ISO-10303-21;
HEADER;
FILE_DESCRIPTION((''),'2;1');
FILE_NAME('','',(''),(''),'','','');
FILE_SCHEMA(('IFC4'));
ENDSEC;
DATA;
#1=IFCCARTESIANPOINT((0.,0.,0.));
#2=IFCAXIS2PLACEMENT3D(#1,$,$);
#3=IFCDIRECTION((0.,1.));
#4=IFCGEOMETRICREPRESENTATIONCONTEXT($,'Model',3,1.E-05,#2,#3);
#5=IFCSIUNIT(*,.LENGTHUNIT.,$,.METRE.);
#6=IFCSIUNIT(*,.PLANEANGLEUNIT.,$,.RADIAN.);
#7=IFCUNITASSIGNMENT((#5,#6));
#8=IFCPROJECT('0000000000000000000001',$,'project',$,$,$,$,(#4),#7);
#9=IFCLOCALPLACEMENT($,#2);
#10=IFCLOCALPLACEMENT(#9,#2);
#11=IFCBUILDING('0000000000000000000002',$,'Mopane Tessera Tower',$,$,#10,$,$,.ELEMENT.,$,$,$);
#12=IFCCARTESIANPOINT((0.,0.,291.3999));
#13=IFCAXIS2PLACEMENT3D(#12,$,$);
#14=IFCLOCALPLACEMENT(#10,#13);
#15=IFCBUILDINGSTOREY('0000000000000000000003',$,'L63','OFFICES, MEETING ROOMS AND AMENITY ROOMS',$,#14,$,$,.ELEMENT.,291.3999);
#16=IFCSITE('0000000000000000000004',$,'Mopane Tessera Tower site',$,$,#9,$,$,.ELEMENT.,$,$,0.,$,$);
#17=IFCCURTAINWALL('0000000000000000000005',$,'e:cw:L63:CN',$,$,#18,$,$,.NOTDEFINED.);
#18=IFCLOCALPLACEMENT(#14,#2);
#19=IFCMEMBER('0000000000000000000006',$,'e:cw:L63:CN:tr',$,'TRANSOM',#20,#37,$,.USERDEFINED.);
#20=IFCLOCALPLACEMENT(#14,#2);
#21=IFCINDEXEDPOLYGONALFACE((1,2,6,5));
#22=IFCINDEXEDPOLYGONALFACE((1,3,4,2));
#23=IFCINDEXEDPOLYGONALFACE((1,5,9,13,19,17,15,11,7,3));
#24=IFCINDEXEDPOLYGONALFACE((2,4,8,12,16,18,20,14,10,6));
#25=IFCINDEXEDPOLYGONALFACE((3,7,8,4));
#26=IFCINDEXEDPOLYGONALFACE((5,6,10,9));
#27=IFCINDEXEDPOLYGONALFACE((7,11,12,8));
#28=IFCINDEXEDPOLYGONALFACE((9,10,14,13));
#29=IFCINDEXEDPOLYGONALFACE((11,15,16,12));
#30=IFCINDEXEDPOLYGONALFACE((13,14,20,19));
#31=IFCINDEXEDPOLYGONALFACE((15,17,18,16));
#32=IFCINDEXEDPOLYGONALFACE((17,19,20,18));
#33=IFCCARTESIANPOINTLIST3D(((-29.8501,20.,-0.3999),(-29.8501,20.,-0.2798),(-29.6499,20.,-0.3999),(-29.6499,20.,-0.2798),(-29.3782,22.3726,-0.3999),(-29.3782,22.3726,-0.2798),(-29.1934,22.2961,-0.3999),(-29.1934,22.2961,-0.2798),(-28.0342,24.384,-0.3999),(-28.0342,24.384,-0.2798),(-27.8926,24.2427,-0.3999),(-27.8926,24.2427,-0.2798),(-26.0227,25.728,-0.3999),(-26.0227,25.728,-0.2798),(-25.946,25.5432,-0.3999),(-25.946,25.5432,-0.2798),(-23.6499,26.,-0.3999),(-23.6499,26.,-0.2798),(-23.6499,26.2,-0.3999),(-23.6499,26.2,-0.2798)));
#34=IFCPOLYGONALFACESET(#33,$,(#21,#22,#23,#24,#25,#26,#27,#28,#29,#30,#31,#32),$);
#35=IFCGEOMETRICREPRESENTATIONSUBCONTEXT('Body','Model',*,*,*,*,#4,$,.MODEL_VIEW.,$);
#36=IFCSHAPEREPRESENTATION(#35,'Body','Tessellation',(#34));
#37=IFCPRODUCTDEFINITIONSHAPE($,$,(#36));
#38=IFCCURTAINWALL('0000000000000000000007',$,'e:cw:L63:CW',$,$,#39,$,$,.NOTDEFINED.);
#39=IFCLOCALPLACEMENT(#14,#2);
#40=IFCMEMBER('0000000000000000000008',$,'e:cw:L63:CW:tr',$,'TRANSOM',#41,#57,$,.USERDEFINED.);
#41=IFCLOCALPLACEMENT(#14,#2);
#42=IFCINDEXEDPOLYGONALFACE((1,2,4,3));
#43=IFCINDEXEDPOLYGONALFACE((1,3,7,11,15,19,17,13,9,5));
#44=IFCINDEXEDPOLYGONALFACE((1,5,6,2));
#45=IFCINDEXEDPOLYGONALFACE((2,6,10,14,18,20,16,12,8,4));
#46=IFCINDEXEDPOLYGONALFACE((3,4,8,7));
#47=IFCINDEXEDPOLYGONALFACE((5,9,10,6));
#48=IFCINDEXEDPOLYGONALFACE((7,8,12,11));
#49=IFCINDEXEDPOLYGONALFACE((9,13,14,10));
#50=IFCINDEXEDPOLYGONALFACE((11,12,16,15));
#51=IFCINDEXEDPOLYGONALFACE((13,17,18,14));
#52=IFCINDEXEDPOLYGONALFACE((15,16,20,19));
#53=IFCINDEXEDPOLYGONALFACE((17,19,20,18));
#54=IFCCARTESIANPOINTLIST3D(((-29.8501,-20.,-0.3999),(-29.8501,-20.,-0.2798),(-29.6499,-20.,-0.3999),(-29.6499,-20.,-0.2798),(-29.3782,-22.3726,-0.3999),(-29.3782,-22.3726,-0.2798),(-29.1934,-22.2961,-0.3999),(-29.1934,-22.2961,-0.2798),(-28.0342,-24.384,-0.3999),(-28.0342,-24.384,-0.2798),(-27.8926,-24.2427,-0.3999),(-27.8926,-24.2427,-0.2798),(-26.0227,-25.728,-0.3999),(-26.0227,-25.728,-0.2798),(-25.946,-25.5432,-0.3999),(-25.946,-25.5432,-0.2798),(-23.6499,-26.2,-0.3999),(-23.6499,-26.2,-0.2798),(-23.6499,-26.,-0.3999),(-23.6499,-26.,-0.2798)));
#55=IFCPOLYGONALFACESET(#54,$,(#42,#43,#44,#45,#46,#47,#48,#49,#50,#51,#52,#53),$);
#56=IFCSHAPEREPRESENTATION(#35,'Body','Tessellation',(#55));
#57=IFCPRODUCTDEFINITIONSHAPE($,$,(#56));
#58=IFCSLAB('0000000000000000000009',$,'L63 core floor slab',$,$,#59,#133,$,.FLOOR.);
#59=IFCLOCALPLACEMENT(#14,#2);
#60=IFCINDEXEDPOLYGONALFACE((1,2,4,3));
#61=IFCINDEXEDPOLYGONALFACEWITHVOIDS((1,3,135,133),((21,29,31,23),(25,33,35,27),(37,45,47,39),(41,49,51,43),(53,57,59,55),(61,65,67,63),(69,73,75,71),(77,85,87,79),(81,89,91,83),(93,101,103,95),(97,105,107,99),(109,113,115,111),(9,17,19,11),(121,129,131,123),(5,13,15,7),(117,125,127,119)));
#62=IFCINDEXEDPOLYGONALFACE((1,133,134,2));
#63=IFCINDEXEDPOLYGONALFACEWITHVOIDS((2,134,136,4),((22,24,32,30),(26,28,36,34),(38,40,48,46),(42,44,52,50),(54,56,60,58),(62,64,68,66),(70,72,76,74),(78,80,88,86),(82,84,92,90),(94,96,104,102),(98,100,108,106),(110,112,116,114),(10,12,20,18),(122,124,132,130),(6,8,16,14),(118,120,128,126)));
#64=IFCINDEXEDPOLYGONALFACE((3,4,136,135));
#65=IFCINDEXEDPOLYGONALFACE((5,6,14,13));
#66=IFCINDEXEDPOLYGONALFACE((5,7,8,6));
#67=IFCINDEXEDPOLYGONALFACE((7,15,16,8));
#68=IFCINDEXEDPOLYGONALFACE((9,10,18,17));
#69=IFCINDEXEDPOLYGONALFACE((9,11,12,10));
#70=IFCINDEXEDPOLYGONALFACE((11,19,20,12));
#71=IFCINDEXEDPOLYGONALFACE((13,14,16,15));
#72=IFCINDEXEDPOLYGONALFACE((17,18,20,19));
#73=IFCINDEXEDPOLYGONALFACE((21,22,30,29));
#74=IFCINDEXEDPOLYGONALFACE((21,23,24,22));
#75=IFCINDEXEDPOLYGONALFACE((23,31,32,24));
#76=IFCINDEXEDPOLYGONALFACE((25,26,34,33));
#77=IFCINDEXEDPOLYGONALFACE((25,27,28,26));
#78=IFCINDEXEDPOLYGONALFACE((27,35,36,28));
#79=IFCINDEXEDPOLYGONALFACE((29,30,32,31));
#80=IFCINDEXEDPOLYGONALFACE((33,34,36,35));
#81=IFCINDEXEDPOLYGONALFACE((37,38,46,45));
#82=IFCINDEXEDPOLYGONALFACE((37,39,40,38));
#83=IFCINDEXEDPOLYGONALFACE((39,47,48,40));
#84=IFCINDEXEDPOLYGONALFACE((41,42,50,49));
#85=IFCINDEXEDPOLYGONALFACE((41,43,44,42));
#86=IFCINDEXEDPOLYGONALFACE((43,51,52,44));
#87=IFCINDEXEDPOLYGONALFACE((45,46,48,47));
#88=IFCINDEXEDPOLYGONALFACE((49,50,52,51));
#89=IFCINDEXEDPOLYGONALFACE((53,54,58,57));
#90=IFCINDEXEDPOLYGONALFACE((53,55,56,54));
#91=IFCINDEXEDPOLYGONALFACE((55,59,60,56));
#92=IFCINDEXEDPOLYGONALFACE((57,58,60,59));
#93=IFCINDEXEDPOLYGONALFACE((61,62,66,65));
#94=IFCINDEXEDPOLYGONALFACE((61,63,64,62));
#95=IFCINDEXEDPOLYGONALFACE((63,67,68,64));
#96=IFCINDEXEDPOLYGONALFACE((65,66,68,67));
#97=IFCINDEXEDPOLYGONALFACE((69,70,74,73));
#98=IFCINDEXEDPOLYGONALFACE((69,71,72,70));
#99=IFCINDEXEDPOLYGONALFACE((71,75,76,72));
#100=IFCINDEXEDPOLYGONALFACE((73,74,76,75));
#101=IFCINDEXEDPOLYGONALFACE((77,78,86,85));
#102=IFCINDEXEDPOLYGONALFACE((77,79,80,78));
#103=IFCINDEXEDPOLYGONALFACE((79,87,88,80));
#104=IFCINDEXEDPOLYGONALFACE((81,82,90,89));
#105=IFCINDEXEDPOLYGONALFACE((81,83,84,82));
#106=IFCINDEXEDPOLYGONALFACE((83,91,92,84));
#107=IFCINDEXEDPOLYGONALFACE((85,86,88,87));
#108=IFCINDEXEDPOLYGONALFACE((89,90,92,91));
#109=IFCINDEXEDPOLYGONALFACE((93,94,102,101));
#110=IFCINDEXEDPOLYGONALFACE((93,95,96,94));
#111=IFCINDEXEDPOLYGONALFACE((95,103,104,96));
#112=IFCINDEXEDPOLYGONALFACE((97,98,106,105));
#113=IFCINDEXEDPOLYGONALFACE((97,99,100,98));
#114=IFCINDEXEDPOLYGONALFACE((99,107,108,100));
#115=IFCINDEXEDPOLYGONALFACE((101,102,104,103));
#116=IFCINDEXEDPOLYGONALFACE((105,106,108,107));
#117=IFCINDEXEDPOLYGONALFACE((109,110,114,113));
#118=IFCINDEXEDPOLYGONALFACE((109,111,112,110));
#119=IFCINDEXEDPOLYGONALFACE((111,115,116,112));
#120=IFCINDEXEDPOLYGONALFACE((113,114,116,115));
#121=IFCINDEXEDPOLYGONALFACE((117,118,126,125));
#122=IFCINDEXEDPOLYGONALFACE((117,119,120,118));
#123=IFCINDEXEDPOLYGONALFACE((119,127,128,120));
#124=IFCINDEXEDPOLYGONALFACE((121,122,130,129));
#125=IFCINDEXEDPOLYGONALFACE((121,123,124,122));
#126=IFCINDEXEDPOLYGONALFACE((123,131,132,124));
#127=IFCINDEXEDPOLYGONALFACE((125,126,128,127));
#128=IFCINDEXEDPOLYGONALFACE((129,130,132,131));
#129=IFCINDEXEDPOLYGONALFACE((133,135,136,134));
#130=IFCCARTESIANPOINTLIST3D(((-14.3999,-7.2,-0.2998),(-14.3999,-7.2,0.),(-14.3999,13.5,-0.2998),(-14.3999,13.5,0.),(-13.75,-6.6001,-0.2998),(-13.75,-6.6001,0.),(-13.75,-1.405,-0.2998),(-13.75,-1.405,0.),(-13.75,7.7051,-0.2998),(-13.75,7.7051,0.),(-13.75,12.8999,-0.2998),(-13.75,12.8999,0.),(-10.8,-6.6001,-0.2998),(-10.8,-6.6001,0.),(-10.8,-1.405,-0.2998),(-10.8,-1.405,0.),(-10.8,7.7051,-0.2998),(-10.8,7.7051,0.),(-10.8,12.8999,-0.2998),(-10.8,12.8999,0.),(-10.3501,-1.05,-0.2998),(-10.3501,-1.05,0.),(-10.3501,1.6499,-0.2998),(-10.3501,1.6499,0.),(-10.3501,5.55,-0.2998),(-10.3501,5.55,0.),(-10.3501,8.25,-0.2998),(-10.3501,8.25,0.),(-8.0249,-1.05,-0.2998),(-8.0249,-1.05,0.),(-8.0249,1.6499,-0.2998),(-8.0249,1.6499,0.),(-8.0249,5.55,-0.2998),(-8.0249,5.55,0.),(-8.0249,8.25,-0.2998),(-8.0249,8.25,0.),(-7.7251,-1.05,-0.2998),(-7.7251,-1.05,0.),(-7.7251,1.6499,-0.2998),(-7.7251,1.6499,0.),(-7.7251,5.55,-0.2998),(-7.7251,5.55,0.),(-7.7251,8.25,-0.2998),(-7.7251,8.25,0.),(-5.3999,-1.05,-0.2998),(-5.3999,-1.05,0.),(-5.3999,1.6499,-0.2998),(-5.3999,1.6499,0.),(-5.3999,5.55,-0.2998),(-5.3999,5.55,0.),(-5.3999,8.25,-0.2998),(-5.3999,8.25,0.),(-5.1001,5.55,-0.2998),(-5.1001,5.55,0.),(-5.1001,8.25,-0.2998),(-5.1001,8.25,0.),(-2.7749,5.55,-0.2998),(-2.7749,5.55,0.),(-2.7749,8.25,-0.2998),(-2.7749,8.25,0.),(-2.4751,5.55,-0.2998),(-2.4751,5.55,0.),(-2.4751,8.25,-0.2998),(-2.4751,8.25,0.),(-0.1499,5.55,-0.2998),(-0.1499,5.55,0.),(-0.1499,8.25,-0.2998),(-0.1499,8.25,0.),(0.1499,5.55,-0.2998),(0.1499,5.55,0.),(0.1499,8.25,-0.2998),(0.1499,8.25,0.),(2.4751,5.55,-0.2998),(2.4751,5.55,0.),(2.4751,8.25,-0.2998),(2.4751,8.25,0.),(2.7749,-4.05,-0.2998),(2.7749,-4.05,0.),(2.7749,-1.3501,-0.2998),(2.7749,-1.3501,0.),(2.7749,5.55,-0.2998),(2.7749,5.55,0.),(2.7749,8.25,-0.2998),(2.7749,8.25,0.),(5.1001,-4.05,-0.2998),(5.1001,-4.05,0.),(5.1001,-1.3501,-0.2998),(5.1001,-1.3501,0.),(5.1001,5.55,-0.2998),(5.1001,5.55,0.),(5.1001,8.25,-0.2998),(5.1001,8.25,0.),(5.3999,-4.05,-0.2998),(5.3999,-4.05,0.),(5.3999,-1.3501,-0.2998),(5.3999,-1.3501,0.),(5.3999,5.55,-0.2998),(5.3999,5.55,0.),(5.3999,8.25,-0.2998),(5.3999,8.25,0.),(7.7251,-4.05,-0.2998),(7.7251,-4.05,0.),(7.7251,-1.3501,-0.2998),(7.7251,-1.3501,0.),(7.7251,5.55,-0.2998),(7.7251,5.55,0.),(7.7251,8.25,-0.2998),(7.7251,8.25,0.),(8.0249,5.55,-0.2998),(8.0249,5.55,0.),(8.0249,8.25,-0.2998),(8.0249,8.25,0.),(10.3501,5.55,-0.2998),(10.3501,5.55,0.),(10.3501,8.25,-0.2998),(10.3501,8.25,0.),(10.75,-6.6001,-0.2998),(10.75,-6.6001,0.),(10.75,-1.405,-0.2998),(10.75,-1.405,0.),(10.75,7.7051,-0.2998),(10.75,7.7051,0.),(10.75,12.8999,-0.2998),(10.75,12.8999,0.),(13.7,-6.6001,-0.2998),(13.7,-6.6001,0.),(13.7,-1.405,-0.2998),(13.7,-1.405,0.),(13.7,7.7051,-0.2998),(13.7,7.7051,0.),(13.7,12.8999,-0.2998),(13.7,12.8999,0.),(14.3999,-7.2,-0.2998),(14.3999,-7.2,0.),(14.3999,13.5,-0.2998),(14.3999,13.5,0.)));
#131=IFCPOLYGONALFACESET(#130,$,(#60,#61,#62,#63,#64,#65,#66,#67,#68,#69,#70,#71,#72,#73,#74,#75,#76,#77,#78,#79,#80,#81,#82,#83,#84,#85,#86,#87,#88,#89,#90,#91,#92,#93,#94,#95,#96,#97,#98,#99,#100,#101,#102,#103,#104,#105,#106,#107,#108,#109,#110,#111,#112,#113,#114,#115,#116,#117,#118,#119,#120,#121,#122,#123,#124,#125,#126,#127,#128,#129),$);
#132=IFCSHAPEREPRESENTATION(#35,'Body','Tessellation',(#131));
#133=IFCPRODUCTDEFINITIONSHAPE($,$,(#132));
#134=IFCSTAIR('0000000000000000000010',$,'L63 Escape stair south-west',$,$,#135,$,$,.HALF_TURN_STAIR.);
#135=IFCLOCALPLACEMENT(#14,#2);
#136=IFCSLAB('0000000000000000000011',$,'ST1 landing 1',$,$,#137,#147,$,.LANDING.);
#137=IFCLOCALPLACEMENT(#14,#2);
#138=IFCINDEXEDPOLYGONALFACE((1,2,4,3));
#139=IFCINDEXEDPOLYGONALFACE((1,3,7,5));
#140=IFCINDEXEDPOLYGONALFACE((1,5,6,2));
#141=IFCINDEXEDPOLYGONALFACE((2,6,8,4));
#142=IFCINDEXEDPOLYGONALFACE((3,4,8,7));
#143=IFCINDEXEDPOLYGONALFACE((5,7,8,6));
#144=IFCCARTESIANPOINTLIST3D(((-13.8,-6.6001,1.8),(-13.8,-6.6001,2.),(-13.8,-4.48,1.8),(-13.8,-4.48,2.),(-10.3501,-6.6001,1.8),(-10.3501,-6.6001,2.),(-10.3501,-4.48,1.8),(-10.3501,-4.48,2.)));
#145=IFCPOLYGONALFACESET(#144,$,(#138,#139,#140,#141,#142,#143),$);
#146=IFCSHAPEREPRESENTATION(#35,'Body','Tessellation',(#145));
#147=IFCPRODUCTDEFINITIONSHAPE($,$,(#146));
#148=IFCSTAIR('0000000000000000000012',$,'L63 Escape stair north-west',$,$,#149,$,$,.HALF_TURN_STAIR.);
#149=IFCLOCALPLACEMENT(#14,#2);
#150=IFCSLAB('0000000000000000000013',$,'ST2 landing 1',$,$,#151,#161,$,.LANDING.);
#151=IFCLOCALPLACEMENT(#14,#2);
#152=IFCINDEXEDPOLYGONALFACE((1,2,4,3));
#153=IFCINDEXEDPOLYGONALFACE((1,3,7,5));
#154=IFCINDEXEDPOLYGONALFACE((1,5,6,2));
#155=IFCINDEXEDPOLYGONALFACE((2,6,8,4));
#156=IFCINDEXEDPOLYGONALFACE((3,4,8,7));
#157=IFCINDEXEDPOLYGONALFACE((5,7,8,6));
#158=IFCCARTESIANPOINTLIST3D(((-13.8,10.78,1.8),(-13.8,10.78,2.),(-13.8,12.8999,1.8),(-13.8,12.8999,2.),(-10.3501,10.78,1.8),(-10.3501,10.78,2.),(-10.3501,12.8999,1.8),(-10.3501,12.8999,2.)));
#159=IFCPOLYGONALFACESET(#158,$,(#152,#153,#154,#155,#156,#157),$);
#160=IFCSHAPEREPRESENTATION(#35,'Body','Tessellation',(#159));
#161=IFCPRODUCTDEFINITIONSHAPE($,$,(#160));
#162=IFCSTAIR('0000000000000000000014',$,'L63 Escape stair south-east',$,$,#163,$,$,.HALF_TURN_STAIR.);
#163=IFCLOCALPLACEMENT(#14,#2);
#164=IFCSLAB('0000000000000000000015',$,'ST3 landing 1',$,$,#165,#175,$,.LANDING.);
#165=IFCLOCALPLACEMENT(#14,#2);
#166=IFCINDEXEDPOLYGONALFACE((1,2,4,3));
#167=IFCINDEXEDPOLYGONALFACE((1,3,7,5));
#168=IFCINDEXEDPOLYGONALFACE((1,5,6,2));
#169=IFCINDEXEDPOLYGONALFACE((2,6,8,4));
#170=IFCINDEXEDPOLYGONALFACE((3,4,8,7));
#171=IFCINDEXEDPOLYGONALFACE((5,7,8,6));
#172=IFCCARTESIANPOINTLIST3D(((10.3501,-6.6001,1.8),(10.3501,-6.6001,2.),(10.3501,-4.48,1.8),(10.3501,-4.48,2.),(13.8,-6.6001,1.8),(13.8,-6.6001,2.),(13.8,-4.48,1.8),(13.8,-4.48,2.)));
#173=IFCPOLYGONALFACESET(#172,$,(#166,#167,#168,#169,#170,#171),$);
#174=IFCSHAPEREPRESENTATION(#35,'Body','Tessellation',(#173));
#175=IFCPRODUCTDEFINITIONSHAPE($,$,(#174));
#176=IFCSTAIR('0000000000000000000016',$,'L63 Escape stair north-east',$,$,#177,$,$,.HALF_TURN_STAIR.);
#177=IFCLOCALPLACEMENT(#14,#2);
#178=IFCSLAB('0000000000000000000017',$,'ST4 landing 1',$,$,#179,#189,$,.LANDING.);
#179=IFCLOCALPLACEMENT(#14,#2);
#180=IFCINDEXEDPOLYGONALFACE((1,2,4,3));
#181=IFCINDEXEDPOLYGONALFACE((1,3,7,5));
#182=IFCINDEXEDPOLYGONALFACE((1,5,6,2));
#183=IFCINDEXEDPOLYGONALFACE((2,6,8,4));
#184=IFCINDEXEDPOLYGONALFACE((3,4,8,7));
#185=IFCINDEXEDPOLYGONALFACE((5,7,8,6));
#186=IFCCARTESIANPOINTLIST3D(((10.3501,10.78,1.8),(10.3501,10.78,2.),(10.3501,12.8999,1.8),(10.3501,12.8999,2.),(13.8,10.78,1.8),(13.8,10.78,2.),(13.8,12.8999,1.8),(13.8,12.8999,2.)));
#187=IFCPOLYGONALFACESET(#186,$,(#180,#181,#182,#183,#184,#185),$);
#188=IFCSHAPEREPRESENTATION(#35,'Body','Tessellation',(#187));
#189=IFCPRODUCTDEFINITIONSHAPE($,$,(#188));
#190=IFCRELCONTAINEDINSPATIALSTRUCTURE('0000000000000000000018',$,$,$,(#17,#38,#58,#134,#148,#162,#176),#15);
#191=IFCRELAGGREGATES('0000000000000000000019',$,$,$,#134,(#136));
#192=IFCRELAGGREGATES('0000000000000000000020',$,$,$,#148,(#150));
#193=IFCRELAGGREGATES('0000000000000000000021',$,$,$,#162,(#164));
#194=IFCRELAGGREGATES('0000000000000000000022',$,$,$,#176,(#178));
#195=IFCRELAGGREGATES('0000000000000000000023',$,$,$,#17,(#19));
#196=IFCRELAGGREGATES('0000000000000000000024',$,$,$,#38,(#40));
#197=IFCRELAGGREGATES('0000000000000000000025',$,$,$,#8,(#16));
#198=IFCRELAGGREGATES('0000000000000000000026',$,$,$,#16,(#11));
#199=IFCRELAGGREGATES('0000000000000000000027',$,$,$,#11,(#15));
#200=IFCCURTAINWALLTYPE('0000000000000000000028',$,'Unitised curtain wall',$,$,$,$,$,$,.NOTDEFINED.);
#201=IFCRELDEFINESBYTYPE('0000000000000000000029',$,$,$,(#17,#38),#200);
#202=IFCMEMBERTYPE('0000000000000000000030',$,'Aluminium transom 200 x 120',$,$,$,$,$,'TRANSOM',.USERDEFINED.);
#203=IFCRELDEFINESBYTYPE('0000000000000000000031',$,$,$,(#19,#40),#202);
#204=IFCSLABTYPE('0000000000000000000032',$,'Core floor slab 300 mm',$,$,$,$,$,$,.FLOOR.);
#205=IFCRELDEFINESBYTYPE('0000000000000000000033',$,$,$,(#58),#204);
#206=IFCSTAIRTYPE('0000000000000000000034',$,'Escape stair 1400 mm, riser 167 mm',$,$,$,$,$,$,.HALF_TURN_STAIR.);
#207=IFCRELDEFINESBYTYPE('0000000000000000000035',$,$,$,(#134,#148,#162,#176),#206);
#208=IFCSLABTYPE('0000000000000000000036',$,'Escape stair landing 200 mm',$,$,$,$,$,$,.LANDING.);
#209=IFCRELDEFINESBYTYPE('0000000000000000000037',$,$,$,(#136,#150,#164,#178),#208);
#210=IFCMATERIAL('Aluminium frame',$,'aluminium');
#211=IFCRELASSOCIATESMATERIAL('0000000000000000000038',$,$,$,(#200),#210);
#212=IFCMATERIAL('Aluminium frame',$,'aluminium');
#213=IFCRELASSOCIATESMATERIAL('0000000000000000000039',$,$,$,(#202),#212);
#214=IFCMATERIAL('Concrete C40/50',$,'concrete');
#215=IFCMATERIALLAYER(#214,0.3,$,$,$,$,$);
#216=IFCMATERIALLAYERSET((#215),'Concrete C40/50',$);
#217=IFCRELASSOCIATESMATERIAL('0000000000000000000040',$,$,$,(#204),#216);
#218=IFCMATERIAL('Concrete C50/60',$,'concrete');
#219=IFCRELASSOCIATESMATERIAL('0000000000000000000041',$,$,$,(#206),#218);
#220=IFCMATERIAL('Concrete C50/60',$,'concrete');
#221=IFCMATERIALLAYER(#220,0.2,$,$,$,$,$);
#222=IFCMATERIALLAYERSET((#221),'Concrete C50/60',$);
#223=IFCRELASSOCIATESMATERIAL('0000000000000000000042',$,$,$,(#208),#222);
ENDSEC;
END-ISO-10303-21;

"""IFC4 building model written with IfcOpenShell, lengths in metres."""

from ifc_helpers import new_model, si_unit, direction, frame, origin, origin_2d, place, context, subcontext, project, spatial, polyline, rectangle, outline, extrude, material, layer, layer_set, material_profile, profile_set, type_object, element, aggregate, save


model = new_model("IFC4")

# Units and contexts
model_context = context("Model", 3, precision=1e-05, world=origin(), true_north=direction((0.0, 1.0)))
body_context = subcontext(model_context, "Body", "Model", "MODEL_VIEW")
ifc_project = project(units=[si_unit("LENGTHUNIT", "METRE"), si_unit("PLANEANGLEUNIT", "RADIAN")], contexts=[model_context])

# Site, building, storey
site_placement = place(None, origin())
site = spatial("IfcSite", under=ifc_project, at=site_placement, Name="Mopane Tessera Tower site", CompositionType="ELEMENT", RefElevation=0.0)
building_placement = place(site_placement, origin())
building = spatial("IfcBuilding", under=site, at=building_placement, Name="Mopane Tessera Tower", CompositionType="ELEMENT")
storey_placement = place(building_placement, frame((0.0, 0.0, 291.3999)))
storey = spatial("IfcBuildingStorey", under=building, at=storey_placement, Name="L63", Description="OFFICES, MEETING ROOMS AND AMENITY ROOMS", CompositionType="ELEMENT", Elevation=291.3999)

# Curtain walls, members
ifc_material_1 = material(Name="Aluminium frame", Category="aluminium")
curtain_wall_type = type_object("IfcCurtainWallType", Name="Unitised curtain wall", PredefinedType="NOTDEFINED", material=ifc_material_1)
curtain_wall_1_placement = place(storey_placement, origin())
curtain_wall_1 = element("IfcCurtainWall", 1, at=curtain_wall_1_placement, inside=storey, type_object=curtain_wall_type, Name="e:cw:L63:CN", PredefinedType="NOTDEFINED")
ifc_material_2 = material(Name="Aluminium frame", Category="aluminium")
ifc_material_profile = material_profile(ifc_material_2, rectangle(XDim=0.2, YDim=0.1201, at=origin_2d()))
ifc_profile_set = profile_set([ifc_material_profile], Name="Aluminium frame")
member_type = type_object("IfcMemberType", Name="Aluminium transom 200 x 120", ElementType="TRANSOM", PredefinedType="USERDEFINED", material=ifc_profile_set)
member_1_placement = place(storey_placement, frame((0.0, 0.0, -0.3999)))
member_1 = element("IfcMember", 2, at=member_1_placement, type_object=member_type, Name="e:cw:L63:CN:tr", ObjectType="TRANSOM", PredefinedType="USERDEFINED", context=body_context, shape_type="SweptSolid", body=[
    extrude(outline(polyline([(-23.6499, 26.0), (-25.946, 25.5432), (-27.8926, 24.2427), (-29.1934, 22.2961), (-29.6499, 20.0), (-29.8501, 20.0), (-29.3782, 22.3726), (-28.0342, 24.384), (-26.0227, 25.728), (-23.6499, 26.2), (-23.6499, 26.0)])), origin(), (0.0, 0.0, 1.0), 0.1201),
])
curtain_wall_2_placement = place(storey_placement, origin())
curtain_wall_2 = element("IfcCurtainWall", 3, at=curtain_wall_2_placement, inside=storey, type_object=curtain_wall_type, Name="e:cw:L63:CW", PredefinedType="NOTDEFINED")
member_2_placement = place(storey_placement, frame((0.0, 0.0, -0.3999)))
member_2 = element("IfcMember", 4, at=member_2_placement, type_object=member_type, Name="e:cw:L63:CW:tr", ObjectType="TRANSOM", PredefinedType="USERDEFINED", context=body_context, shape_type="SweptSolid", body=[
    extrude(outline(polyline([(-29.6499, -20.0), (-29.1934, -22.2961), (-27.8926, -24.2427), (-25.946, -25.5432), (-23.6499, -26.0), (-23.6499, -26.2), (-26.0227, -25.728), (-28.0342, -24.384), (-29.3782, -22.3726), (-29.8501, -20.0), (-29.6499, -20.0)])), origin(), (0.0, 0.0, 1.0), 0.1201),
])

# Slab
ifc_material_3 = material(Name="Concrete C40/50", Category="concrete")
ifc_layer_1 = layer(ifc_material_3, 0.3)
ifc_layer_set_1 = layer_set([ifc_layer_1], Name="Concrete C40/50")
slab_type_1 = type_object("IfcSlabType", Name="Core floor slab 300 mm", PredefinedType="FLOOR", material=ifc_layer_set_1)
slab_1_placement = place(storey_placement, frame((0.0, 0.0, -0.2998)))
element("IfcSlab", 5, at=slab_1_placement, inside=storey, type_object=slab_type_1, Name="L63 core floor slab", PredefinedType="FLOOR", context=body_context, shape_type="SweptSolid", body=[
    extrude(outline(polyline([(-14.3999, -7.2), (14.3999, -7.2), (14.3999, 13.5), (-14.3999, 13.5), (-14.3999, -7.2)]), holes=[polyline([(-10.3501, -1.05), (-8.0249, -1.05), (-8.0249, 1.6499), (-10.3501, 1.6499), (-10.3501, -1.05)]), polyline([(-7.7251, -1.05), (-5.3999, -1.05), (-5.3999, 1.6499), (-7.7251, 1.6499), (-7.7251, -1.05)]), polyline([(-10.3501, 5.55), (-8.0249, 5.55), (-8.0249, 8.25), (-10.3501, 8.25), (-10.3501, 5.55)]), polyline([(-7.7251, 5.55), (-5.3999, 5.55), (-5.3999, 8.25), (-7.7251, 8.25), (-7.7251, 5.55)]), polyline([(-5.1001, 5.55), (-2.7749, 5.55), (-2.7749, 8.25), (-5.1001, 8.25), (-5.1001, 5.55)]), polyline([(-2.4751, 5.55), (-0.1499, 5.55), (-0.1499, 8.25), (-2.4751, 8.25), (-2.4751, 5.55)]), polyline([(0.1499, 5.55), (2.4751, 5.55), (2.4751, 8.25), (0.1499, 8.25), (0.1499, 5.55)]), polyline([(2.7749, 5.55), (5.1001, 5.55), (5.1001, 8.25), (2.7749, 8.25), (2.7749, 5.55)]), polyline([(5.3999, 5.55), (7.7251, 5.55), (7.7251, 8.25), (5.3999, 8.25), (5.3999, 5.55)]), polyline([(8.0249, 5.55), (10.3501, 5.55), (10.3501, 8.25), (8.0249, 8.25), (8.0249, 5.55)]), polyline([(2.7749, -4.05), (5.1001, -4.05), (5.1001, -1.3501), (2.7749, -1.3501), (2.7749, -4.05)]), polyline([(5.3999, -4.05), (7.7251, -4.05), (7.7251, -1.3501), (5.3999, -1.3501), (5.3999, -4.05)]), polyline([(-13.75, -1.405), (-13.75, -6.6001), (-10.8, -6.6001), (-10.8, -1.405), (-13.75, -1.405)]), polyline([(-10.8, 7.7051), (-10.8, 12.8999), (-13.75, 12.8999), (-13.75, 7.7051), (-10.8, 7.7051)]), polyline([(10.75, -1.405), (10.75, -6.6001), (13.7, -6.6001), (13.7, -1.405), (10.75, -1.405)]), polyline([(13.7, 7.7051), (13.7, 12.8999), (10.75, 12.8999), (10.75, 7.7051), (13.7, 7.7051)])]), origin(), (0.0, 0.0, 1.0), 0.2998),
])

# Stairs, slabs
ifc_material_4 = material(Name="Concrete C50/60", Category="concrete")
stair_type = type_object("IfcStairType", Name="Escape stair 1400 mm, riser 167 mm", PredefinedType="HALF_TURN_STAIR", material=ifc_material_4)
stair_1_placement = place(storey_placement, origin())
stair_1 = element("IfcStair", 6, at=stair_1_placement, inside=storey, type_object=stair_type, Name="L63 Escape stair south-west", PredefinedType="HALF_TURN_STAIR")
ifc_material_5 = material(Name="Concrete C50/60", Category="concrete")
ifc_layer_2 = layer(ifc_material_5, 0.2)
ifc_layer_set_2 = layer_set([ifc_layer_2], Name="Concrete C50/60")
slab_type_2 = type_object("IfcSlabType", Name="Escape stair landing 200 mm", PredefinedType="LANDING", material=ifc_layer_set_2)
slab_2_placement = place(storey_placement, frame((0.0, 0.0, 1.8)))
slab_2 = element("IfcSlab", 7, at=slab_2_placement, type_object=slab_type_2, Name="ST1 landing 1", PredefinedType="LANDING", context=body_context, shape_type="SweptSolid", body=[
    extrude(outline(polyline([(-13.8, -4.48), (-13.8, -6.6001), (-10.3501, -6.6001), (-10.3501, -4.48), (-13.8, -4.48)])), origin(), (0.0, 0.0, 1.0), 0.2),
])
aggregate(stair_1, [slab_2])
stair_2_placement = place(storey_placement, origin())
stair_2 = element("IfcStair", 8, at=stair_2_placement, inside=storey, type_object=stair_type, Name="L63 Escape stair north-west", PredefinedType="HALF_TURN_STAIR")
slab_3_placement = place(storey_placement, frame((0.0, 0.0, 1.8)))
slab_3 = element("IfcSlab", 9, at=slab_3_placement, type_object=slab_type_2, Name="ST2 landing 1", PredefinedType="LANDING", context=body_context, shape_type="SweptSolid", body=[
    extrude(outline(polyline([(-10.3501, 10.78), (-10.3501, 12.8999), (-13.8, 12.8999), (-13.8, 10.78), (-10.3501, 10.78)])), origin(), (0.0, 0.0, 1.0), 0.2),
])
aggregate(stair_2, [slab_3])
stair_3_placement = place(storey_placement, origin())
stair_3 = element("IfcStair", 10, at=stair_3_placement, inside=storey, type_object=stair_type, Name="L63 Escape stair south-east", PredefinedType="HALF_TURN_STAIR")
slab_4_placement = place(storey_placement, frame((0.0, 0.0, 1.8)))
slab_4 = element("IfcSlab", 11, at=slab_4_placement, type_object=slab_type_2, Name="ST3 landing 1", PredefinedType="LANDING", context=body_context, shape_type="SweptSolid", body=[
    extrude(outline(polyline([(10.3501, -4.48), (10.3501, -6.6001), (13.8, -6.6001), (13.8, -4.48), (10.3501, -4.48)])), origin(), (0.0, 0.0, 1.0), 0.2),
])
aggregate(stair_3, [slab_4])
stair_4_placement = place(storey_placement, origin())
stair_4 = element("IfcStair", 12, at=stair_4_placement, inside=storey, type_object=stair_type, Name="L63 Escape stair north-east", PredefinedType="HALF_TURN_STAIR")
slab_5_placement = place(storey_placement, frame((0.0, 0.0, 1.8)))
slab_5 = element("IfcSlab", 13, at=slab_5_placement, type_object=slab_type_2, Name="ST4 landing 1", PredefinedType="LANDING", context=body_context, shape_type="SweptSolid", body=[
    extrude(outline(polyline([(13.8, 10.78), (13.8, 12.8999), (10.3501, 12.8999), (10.3501, 10.78), (13.8, 10.78)])), origin(), (0.0, 0.0, 1.0), 0.2),
])
aggregate(stair_4, [slab_5])

aggregate(curtain_wall_1, [member_1])
aggregate(curtain_wall_2, [member_2])

save(model, "model.ifc")
